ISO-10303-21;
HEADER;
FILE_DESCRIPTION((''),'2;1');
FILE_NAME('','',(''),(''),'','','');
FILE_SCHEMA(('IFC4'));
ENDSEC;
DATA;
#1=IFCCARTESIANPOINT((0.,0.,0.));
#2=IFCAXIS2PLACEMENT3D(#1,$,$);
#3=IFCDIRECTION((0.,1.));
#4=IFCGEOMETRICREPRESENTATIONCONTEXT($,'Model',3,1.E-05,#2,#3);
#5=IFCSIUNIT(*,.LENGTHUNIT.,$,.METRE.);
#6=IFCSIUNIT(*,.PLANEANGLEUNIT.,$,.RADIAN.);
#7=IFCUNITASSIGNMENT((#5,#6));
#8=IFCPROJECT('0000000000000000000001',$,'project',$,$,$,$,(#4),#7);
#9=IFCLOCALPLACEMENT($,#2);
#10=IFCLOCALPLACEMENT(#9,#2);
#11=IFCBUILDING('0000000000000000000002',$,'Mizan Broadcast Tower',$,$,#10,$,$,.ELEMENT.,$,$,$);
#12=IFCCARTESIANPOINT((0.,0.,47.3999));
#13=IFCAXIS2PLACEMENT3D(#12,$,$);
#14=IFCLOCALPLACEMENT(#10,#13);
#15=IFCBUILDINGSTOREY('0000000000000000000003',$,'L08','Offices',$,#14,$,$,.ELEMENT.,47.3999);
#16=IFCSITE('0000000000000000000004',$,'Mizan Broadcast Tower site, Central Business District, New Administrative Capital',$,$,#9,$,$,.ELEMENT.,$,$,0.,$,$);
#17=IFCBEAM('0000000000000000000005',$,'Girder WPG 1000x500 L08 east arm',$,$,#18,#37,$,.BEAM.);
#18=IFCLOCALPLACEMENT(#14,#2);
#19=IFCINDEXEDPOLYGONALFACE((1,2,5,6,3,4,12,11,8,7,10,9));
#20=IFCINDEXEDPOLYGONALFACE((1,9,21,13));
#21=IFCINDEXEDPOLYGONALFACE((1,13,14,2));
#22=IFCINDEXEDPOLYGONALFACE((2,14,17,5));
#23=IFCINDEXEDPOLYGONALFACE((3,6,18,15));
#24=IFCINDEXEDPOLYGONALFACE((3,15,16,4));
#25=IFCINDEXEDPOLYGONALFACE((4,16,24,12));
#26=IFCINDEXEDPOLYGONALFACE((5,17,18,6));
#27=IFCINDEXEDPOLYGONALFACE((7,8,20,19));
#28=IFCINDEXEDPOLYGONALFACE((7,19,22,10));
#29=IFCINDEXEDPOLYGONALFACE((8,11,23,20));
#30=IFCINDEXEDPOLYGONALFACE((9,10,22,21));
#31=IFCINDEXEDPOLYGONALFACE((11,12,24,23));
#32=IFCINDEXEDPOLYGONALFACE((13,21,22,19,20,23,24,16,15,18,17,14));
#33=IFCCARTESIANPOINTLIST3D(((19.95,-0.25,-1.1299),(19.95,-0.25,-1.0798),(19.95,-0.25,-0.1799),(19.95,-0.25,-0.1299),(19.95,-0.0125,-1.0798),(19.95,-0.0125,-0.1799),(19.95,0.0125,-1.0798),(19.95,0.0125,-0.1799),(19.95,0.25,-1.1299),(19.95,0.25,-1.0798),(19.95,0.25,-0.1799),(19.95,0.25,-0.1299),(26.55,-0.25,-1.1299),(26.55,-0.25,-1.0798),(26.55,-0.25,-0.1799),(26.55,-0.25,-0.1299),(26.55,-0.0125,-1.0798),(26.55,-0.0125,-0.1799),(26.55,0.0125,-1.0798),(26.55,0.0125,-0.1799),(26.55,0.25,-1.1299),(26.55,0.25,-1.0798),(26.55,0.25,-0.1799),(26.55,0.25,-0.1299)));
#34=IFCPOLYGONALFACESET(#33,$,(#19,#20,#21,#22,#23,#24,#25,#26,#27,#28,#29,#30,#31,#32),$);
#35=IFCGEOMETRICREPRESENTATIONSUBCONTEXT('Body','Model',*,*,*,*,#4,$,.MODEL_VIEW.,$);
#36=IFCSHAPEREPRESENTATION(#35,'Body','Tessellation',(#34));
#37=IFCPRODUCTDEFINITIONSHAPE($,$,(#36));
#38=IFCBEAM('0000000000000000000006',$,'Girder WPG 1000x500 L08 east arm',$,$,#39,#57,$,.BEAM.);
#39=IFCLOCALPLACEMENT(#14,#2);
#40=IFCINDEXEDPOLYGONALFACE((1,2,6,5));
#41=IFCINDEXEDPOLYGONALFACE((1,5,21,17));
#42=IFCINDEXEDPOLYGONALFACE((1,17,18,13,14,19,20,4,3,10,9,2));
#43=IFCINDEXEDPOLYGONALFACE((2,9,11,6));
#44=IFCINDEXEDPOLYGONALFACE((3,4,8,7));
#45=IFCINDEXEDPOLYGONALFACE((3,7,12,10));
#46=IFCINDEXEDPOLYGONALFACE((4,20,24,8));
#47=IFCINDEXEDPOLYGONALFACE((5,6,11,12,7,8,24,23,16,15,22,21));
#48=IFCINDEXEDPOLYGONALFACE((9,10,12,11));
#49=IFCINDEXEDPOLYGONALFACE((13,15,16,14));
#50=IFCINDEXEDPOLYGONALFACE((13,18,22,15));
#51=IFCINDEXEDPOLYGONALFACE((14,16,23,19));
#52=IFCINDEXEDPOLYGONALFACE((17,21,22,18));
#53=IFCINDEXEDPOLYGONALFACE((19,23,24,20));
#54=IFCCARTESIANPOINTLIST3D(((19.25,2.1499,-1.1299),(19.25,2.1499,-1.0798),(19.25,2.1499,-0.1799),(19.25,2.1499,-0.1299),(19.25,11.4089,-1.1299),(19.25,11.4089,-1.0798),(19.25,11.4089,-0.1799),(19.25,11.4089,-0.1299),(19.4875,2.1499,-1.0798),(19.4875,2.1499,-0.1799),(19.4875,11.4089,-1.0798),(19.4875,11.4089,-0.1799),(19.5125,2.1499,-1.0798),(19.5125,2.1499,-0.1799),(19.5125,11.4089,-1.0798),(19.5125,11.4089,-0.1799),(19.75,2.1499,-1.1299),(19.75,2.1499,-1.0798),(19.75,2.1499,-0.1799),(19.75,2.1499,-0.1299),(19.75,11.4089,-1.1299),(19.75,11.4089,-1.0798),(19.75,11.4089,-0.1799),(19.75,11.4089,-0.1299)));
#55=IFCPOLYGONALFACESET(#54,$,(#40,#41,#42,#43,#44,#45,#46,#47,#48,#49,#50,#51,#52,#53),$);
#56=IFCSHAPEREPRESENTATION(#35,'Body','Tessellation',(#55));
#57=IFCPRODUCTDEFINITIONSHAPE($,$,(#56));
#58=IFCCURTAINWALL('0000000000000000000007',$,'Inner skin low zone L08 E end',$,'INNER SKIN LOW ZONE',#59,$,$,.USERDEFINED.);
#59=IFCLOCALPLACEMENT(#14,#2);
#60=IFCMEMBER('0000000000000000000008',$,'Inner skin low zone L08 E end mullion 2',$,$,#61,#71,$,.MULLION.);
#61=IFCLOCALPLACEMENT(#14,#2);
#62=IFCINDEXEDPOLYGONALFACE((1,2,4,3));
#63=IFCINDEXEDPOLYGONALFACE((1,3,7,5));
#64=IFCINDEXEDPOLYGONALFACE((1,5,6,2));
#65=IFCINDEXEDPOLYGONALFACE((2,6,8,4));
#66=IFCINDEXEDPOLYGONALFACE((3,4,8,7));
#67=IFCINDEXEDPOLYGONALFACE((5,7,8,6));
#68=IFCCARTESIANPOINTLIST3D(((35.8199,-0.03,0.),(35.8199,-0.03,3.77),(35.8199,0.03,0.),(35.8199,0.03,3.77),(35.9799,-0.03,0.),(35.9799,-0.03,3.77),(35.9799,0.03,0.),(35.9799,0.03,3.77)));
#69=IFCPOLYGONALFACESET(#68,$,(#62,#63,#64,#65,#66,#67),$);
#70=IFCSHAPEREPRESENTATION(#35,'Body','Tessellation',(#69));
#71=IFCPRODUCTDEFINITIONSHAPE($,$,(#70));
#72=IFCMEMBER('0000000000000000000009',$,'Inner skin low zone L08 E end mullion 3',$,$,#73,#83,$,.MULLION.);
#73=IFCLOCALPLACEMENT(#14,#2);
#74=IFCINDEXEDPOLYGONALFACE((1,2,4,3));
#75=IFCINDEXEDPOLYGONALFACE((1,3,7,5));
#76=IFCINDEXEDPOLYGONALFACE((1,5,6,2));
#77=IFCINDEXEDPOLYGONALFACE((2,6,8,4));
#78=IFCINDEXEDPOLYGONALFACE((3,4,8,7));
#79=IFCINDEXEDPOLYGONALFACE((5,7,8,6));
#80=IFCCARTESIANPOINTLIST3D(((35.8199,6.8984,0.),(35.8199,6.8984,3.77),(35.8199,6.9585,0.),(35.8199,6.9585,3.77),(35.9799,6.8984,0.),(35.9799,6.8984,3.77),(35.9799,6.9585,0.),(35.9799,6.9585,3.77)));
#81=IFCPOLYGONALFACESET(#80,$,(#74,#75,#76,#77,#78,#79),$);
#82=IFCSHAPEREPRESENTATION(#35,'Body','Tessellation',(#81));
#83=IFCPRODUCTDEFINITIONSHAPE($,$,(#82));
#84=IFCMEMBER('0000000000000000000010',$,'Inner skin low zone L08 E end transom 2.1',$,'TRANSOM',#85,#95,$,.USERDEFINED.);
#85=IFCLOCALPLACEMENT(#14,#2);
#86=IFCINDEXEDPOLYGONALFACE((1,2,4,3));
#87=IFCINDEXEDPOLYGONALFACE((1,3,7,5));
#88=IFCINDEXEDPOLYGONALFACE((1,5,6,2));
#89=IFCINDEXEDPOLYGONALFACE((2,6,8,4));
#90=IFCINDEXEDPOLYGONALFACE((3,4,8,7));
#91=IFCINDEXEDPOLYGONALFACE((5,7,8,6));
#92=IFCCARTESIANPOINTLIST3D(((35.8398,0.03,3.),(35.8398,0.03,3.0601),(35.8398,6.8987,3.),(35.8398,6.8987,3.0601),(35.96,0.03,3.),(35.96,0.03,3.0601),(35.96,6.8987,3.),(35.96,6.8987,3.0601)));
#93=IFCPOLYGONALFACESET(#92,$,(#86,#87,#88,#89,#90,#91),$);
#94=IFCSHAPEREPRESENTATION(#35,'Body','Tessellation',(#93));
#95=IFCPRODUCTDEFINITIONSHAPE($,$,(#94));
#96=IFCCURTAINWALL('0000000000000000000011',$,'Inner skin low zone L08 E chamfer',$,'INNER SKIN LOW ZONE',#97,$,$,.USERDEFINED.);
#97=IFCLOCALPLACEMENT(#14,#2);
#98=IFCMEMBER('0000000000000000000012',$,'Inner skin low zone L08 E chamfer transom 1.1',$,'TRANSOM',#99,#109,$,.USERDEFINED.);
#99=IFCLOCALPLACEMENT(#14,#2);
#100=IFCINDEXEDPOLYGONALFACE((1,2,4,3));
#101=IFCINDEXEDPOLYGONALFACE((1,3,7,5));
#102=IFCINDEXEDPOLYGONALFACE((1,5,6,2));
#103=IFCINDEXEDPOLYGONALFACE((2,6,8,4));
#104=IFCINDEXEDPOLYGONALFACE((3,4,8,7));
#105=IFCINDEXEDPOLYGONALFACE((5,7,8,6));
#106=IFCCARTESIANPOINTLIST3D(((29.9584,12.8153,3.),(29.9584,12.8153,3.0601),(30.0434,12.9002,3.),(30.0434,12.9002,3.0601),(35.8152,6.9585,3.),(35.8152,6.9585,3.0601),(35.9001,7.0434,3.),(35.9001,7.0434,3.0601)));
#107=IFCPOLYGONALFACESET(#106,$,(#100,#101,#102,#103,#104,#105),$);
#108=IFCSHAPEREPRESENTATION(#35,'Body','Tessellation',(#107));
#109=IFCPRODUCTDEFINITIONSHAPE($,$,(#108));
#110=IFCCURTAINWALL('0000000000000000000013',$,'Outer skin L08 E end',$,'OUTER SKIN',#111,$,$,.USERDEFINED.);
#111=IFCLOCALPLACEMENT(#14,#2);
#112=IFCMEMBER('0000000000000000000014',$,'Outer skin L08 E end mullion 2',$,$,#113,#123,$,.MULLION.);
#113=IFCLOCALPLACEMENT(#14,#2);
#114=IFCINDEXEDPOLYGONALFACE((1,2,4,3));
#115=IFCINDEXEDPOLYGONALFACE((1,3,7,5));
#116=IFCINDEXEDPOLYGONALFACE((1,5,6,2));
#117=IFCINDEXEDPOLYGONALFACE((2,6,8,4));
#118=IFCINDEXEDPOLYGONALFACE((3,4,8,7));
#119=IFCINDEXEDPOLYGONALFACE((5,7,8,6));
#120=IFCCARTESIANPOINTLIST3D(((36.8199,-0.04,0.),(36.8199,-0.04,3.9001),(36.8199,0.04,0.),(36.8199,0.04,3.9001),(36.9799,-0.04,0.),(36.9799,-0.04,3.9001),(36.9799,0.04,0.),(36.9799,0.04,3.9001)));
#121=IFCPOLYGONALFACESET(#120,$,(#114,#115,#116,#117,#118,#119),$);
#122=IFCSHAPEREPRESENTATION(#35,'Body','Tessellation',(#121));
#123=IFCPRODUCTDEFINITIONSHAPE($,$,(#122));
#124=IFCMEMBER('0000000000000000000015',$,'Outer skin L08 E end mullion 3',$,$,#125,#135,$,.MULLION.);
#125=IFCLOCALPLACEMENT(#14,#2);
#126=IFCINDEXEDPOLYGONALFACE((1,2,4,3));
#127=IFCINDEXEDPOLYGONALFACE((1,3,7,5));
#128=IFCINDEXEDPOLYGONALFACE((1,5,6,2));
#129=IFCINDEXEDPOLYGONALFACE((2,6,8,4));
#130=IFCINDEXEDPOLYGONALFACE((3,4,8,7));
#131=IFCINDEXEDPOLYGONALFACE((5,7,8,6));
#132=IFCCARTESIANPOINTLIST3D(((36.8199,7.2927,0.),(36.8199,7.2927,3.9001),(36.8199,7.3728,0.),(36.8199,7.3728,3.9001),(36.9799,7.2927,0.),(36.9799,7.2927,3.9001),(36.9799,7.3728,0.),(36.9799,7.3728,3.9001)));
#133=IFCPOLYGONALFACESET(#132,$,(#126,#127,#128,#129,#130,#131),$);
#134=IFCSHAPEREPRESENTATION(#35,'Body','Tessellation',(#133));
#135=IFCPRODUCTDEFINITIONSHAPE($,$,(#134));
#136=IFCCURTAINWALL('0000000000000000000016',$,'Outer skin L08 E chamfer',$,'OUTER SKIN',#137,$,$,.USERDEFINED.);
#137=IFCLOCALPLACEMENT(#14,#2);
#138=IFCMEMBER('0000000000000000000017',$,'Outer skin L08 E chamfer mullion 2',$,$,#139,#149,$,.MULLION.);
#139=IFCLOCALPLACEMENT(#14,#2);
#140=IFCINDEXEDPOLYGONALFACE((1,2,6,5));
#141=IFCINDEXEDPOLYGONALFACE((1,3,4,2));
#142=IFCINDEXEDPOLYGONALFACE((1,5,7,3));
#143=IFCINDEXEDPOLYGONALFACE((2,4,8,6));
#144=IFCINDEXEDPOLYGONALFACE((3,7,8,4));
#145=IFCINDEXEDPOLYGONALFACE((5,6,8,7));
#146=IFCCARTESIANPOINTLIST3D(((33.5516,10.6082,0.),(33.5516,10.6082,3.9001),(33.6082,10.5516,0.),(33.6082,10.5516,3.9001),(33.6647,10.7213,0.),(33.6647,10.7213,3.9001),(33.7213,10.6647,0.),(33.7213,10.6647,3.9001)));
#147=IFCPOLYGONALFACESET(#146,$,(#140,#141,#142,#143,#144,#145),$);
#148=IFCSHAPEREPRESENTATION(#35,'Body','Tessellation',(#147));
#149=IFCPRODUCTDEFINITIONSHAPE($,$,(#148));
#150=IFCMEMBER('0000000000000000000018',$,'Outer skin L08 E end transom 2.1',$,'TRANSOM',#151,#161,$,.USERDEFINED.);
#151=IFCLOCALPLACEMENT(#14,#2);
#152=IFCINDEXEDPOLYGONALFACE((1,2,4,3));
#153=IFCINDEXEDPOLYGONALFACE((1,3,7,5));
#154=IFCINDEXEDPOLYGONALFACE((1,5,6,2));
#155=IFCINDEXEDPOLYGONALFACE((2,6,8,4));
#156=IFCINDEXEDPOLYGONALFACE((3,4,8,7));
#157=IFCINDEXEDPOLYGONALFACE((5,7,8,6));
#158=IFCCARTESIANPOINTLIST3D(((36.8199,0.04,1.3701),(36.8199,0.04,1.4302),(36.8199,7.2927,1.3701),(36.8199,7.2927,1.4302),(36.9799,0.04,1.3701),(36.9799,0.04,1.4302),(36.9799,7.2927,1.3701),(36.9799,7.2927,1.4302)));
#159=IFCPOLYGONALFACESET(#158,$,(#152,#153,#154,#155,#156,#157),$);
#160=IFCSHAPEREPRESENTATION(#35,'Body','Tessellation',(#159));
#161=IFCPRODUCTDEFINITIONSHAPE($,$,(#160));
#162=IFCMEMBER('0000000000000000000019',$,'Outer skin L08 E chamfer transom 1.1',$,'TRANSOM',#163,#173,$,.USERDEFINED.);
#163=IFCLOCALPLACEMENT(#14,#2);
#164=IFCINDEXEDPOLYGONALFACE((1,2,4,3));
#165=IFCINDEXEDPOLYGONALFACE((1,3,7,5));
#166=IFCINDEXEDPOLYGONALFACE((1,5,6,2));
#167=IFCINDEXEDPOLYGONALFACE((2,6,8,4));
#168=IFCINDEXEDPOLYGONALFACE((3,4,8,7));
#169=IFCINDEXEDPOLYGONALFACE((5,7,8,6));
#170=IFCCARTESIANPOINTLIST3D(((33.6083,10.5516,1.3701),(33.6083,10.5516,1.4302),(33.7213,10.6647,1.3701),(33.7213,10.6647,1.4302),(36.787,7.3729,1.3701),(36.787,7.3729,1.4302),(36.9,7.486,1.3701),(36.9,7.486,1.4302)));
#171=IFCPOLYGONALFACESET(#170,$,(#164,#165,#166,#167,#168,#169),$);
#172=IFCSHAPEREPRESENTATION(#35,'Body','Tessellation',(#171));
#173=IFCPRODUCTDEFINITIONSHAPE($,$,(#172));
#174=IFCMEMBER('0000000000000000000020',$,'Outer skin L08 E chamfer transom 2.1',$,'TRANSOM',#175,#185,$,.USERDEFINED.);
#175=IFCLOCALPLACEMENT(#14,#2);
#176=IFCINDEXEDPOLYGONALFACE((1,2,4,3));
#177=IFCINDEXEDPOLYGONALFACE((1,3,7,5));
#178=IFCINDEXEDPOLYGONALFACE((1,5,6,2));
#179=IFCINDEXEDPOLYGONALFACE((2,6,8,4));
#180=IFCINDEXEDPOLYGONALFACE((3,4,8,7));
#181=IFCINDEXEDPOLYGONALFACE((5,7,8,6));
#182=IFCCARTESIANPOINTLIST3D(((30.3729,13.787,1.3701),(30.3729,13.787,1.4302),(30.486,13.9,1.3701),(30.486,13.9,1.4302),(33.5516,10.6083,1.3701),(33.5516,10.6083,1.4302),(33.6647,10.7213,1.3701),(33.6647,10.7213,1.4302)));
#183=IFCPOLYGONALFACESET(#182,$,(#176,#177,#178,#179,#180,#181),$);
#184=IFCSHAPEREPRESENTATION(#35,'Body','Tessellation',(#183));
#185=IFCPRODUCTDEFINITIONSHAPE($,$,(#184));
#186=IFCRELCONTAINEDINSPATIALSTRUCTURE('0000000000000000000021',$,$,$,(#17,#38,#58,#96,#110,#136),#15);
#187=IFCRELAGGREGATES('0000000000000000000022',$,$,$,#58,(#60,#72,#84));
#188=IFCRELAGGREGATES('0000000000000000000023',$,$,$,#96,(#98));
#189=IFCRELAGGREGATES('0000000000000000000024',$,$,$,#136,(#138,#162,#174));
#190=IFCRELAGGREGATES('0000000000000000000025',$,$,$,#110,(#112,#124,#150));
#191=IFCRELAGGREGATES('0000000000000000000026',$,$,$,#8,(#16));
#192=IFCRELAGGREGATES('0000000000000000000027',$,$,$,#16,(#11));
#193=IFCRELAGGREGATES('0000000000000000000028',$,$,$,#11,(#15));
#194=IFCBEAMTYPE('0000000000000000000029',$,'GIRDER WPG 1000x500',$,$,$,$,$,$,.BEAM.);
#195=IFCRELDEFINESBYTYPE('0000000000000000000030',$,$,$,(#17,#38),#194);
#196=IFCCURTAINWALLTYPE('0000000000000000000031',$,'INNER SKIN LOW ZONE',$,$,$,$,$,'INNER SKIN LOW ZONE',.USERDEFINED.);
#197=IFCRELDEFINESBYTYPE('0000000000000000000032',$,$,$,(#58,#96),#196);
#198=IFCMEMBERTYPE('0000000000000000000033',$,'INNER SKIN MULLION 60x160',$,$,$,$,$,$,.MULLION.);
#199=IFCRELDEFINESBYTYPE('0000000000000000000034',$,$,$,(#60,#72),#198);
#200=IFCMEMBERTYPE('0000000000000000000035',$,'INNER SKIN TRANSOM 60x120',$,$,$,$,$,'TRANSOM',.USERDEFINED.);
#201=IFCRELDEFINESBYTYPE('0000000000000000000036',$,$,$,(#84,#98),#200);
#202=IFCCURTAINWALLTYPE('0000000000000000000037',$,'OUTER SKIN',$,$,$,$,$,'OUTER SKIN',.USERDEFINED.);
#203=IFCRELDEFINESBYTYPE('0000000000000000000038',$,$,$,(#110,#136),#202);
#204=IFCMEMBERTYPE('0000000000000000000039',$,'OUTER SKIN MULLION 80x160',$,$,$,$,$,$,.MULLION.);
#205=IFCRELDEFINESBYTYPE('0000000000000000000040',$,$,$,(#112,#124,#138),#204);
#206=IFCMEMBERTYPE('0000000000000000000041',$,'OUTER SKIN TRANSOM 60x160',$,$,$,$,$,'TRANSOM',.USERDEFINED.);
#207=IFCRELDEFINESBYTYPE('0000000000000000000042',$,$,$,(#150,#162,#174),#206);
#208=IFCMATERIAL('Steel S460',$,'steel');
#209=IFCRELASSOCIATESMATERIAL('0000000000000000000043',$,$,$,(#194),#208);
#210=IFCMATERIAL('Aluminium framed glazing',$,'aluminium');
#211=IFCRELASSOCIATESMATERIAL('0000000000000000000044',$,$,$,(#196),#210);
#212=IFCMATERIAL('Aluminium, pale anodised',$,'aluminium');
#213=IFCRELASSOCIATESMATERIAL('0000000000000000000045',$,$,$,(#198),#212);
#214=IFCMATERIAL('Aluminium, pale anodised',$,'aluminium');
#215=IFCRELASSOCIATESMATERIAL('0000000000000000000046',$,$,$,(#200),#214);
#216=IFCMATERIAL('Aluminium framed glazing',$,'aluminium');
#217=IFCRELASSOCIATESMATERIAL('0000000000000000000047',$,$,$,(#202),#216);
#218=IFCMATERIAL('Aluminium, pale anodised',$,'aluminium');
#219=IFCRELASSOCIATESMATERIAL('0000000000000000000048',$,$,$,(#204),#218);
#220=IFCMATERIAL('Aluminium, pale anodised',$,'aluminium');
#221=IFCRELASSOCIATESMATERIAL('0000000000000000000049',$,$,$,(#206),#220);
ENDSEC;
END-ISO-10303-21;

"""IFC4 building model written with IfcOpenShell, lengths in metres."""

from ifc_helpers import new_model, si_unit, direction, frame, origin, origin_2d, place, context, subcontext, project, spatial, rectangle, i_section, extrude, material, material_profile, profile_set, type_object, element, aggregate, save


model = new_model("IFC4")

# Units and contexts
model_context = context("Model", 3, precision=1e-05, world=origin(), true_north=direction((0.0, 1.0)))
body_context = subcontext(model_context, "Body", "Model", "MODEL_VIEW")
ifc_project = project(units=[si_unit("LENGTHUNIT", "METRE"), si_unit("PLANEANGLEUNIT", "RADIAN")], contexts=[model_context])

# Site, building, storey
site_placement = place(None, origin())
site = spatial("IfcSite", under=ifc_project, at=site_placement, Name="Mizan Broadcast Tower site, Central Business District, New Administrative Capital", CompositionType="ELEMENT", RefElevation=0.0)
building_placement = place(site_placement, origin())
building = spatial("IfcBuilding", under=site, at=building_placement, Name="Mizan Broadcast Tower", CompositionType="ELEMENT")
storey_placement = place(building_placement, frame((0.0, 0.0, 47.3999)))
storey = spatial("IfcBuildingStorey", under=building, at=storey_placement, Name="L08", Description="Offices", CompositionType="ELEMENT", Elevation=47.3999)

# Beams
ifc_material_1 = material(Name="Steel S460", Category="steel")
ifc_material_profile_1 = material_profile(ifc_material_1, i_section(OverallWidth=0.5, OverallDepth=1.0, WebThickness=0.0249, FlangeThickness=0.05, at=origin_2d()), Name="WPG 1000x500")
ifc_profile_set_1 = profile_set([ifc_material_profile_1], Name="Steel S460")
beam_type_1 = type_object("IfcBeamType", Name="GIRDER WPG 1000x500", PredefinedType="BEAM", material=ifc_profile_set_1)
beam_1_placement = place(storey_placement, frame((19.95, 0.0, -0.6299), z_axis=(1.0, 0.0, 0.0), x_axis=(0.0, 1.0, 0.0)))
element("IfcBeam", 1, at=beam_1_placement, inside=storey, type_object=beam_type_1, Name="Girder WPG 1000x500 L08 east arm", PredefinedType="BEAM", context=body_context, shape_type="SweptSolid", body=[
    extrude(i_section(OverallWidth=0.5, OverallDepth=1.0, WebThickness=0.0249, FlangeThickness=0.05, at=origin_2d()), origin(), (0.0, 0.0, 1.0), 6.6001),
])
beam_2_placement = place(storey_placement, frame((19.5, 11.4089, -0.6299), z_axis=(0.0, -1.0, 0.0), x_axis=(1.0, 0.0, 0.0)))
element("IfcBeam", 2, at=beam_2_placement, inside=storey, type_object=beam_type_1, Name="Girder WPG 1000x500 L08 east arm", PredefinedType="BEAM", context=body_context, shape_type="SweptSolid", body=[
    extrude(i_section(OverallWidth=0.5, OverallDepth=1.0, WebThickness=0.0249, FlangeThickness=0.05, at=origin_2d()), origin(), (0.0, 0.0, 1.0), 9.259),
])

# Curtain wall, members
ifc_material_2 = material(Name="Aluminium framed glazing", Category="aluminium")
curtain_wall_type_1 = type_object("IfcCurtainWallType", Name="INNER SKIN LOW ZONE", ElementType="INNER SKIN LOW ZONE", PredefinedType="USERDEFINED", material=ifc_material_2)
curtain_wall_1_placement = place(storey_placement, origin())
curtain_wall_1 = element("IfcCurtainWall", 3, at=curtain_wall_1_placement, inside=storey, type_object=curtain_wall_type_1, Name="Inner skin low zone L08 E end", ObjectType="INNER SKIN LOW ZONE", PredefinedType="USERDEFINED")
ifc_material_3 = material(Name="Aluminium, pale anodised", Category="aluminium")
ifc_material_profile_2 = material_profile(ifc_material_3, rectangle(XDim=0.1599, YDim=0.0601, at=origin_2d()), Name="MULLION 160x60")
ifc_profile_set_2 = profile_set([ifc_material_profile_2], Name="Aluminium, pale anodised")
member_type_1 = type_object("IfcMemberType", Name="INNER SKIN MULLION 60x160", PredefinedType="MULLION", material=ifc_profile_set_2)
member_1_placement = place(storey_placement, frame((35.8999, 0.0, 0.0), z_axis=(0.0, 0.0, 1.0), x_axis=(-1.0, 0.0, 0.0)))
member_1 = element("IfcMember", 4, at=member_1_placement, type_object=member_type_1, Name="Inner skin low zone L08 E end mullion 2", PredefinedType="MULLION", context=body_context, shape_type="SweptSolid", body=[
    extrude(rectangle(XDim=0.1599, YDim=0.0601, at=origin_2d()), origin(), (0.0, 0.0, 1.0), 3.77),
])
member_2_placement = place(storey_placement, frame((35.8999, 6.9285, 0.0), z_axis=(0.0, 0.0, 1.0), x_axis=(-1.0, 0.0, 0.0)))
member_2 = element("IfcMember", 5, at=member_2_placement, type_object=member_type_1, Name="Inner skin low zone L08 E end mullion 3", PredefinedType="MULLION", context=body_context, shape_type="SweptSolid", body=[
    extrude(rectangle(XDim=0.1599, YDim=0.0601, at=origin_2d()), origin(), (0.0, 0.0, 1.0), 3.77),
])
ifc_material_4 = material(Name="Aluminium, pale anodised", Category="aluminium")
ifc_material_profile_3 = material_profile(ifc_material_4, rectangle(XDim=0.1201, YDim=0.0601, at=origin_2d()), Name="TRANSOM 120x60")
ifc_profile_set_3 = profile_set([ifc_material_profile_3], Name="Aluminium, pale anodised")
member_type_2 = type_object("IfcMemberType", Name="INNER SKIN TRANSOM 60x120", ElementType="TRANSOM", PredefinedType="USERDEFINED", material=ifc_profile_set_3)
member_3_placement = place(storey_placement, frame((35.8999, 0.03, 3.03), z_axis=(0.0, 1.0, 0.0), x_axis=(-1.0, 0.0, 0.0)))
member_3 = element("IfcMember", 6, at=member_3_placement, type_object=member_type_2, Name="Inner skin low zone L08 E end transom 2.1", ObjectType="TRANSOM", PredefinedType="USERDEFINED", context=body_context, shape_type="SweptSolid", body=[
    extrude(rectangle(XDim=0.1201, YDim=0.0601, at=origin_2d()), origin(), (0.0, 0.0, 1.0), 6.8687),
])

# Curtain wall, member
curtain_wall_2_placement = place(storey_placement, origin())
curtain_wall_2 = element("IfcCurtainWall", 7, at=curtain_wall_2_placement, inside=storey, type_object=curtain_wall_type_1, Name="Inner skin low zone L08 E chamfer", ObjectType="INNER SKIN LOW ZONE", PredefinedType="USERDEFINED")
member_4_placement = place(storey_placement, frame((35.8577, 7.001, 3.03), z_axis=(-0.707107, 0.707107, 0.0), x_axis=(-0.707107, -0.707107, 0.0)))
member_4 = element("IfcMember", 8, at=member_4_placement, type_object=member_type_2, Name="Inner skin low zone L08 E chamfer transom 1.1", ObjectType="TRANSOM", PredefinedType="USERDEFINED", context=body_context, shape_type="SweptSolid", body=[
    extrude(rectangle(XDim=0.1201, YDim=0.0601, at=origin_2d()), origin(), (0.0, 0.0, 1.0), 8.2827),
])

# Curtain wall, members
ifc_material_5 = material(Name="Aluminium framed glazing", Category="aluminium")
curtain_wall_type_2 = type_object("IfcCurtainWallType", Name="OUTER SKIN", ElementType="OUTER SKIN", PredefinedType="USERDEFINED", material=ifc_material_5)
curtain_wall_3_placement = place(storey_placement, origin())
curtain_wall_3 = element("IfcCurtainWall", 9, at=curtain_wall_3_placement, inside=storey, type_object=curtain_wall_type_2, Name="Outer skin L08 E end", ObjectType="OUTER SKIN", PredefinedType="USERDEFINED")
ifc_material_6 = material(Name="Aluminium, pale anodised", Category="aluminium")
ifc_material_profile_4 = material_profile(ifc_material_6, rectangle(XDim=0.1599, YDim=0.0801, at=origin_2d()), Name="MULLION 160x80")
ifc_profile_set_4 = profile_set([ifc_material_profile_4], Name="Aluminium, pale anodised")
member_type_3 = type_object("IfcMemberType", Name="OUTER SKIN MULLION 80x160", PredefinedType="MULLION", material=ifc_profile_set_4)
member_5_placement = place(storey_placement, frame((36.8999, 0.0, 0.0), z_axis=(0.0, 0.0, 1.0), x_axis=(-1.0, 0.0, 0.0)))
member_5 = element("IfcMember", 10, at=member_5_placement, type_object=member_type_3, Name="Outer skin L08 E end mullion 2", PredefinedType="MULLION", context=body_context, shape_type="SweptSolid", body=[
    extrude(rectangle(XDim=0.1599, YDim=0.0801, at=origin_2d()), origin(), (0.0, 0.0, 1.0), 3.9001),
])
member_6_placement = place(storey_placement, frame((36.8999, 7.3328, 0.0), z_axis=(0.0, 0.0, 1.0), x_axis=(-1.0, 0.0, 0.0)))
member_6 = element("IfcMember", 11, at=member_6_placement, type_object=member_type_3, Name="Outer skin L08 E end mullion 3", PredefinedType="MULLION", context=body_context, shape_type="SweptSolid", body=[
    extrude(rectangle(XDim=0.1599, YDim=0.0801, at=origin_2d()), origin(), (0.0, 0.0, 1.0), 3.9001),
])

# Curtain wall, member
curtain_wall_4_placement = place(storey_placement, origin())
curtain_wall_4 = element("IfcCurtainWall", 12, at=curtain_wall_4_placement, inside=storey, type_object=curtain_wall_type_2, Name="Outer skin L08 E chamfer", ObjectType="OUTER SKIN", PredefinedType="USERDEFINED")
member_7_placement = place(storey_placement, frame((33.6365, 10.6365, 0.0), z_axis=(0.0, 0.0, 1.0), x_axis=(-0.707107, -0.707107, 0.0)))
member_7 = element("IfcMember", 13, at=member_7_placement, type_object=member_type_3, Name="Outer skin L08 E chamfer mullion 2", PredefinedType="MULLION", context=body_context, shape_type="SweptSolid", body=[
    extrude(rectangle(XDim=0.1599, YDim=0.0801, at=origin_2d()), origin(), (0.0, 0.0, 1.0), 3.9001),
])

# Members
ifc_material_7 = material(Name="Aluminium, pale anodised", Category="aluminium")
ifc_material_profile_5 = material_profile(ifc_material_7, rectangle(XDim=0.1599, YDim=0.0601, at=origin_2d()), Name="TRANSOM 160x60")
ifc_profile_set_5 = profile_set([ifc_material_profile_5], Name="Aluminium, pale anodised")
member_type_4 = type_object("IfcMemberType", Name="OUTER SKIN TRANSOM 60x160", ElementType="TRANSOM", PredefinedType="USERDEFINED", material=ifc_profile_set_5)
member_8_placement = place(storey_placement, frame((36.8999, 0.04, 1.4001), z_axis=(0.0, 1.0, 0.0), x_axis=(-1.0, 0.0, 0.0)))
member_8 = element("IfcMember", 14, at=member_8_placement, type_object=member_type_4, Name="Outer skin L08 E end transom 2.1", ObjectType="TRANSOM", PredefinedType="USERDEFINED", context=body_context, shape_type="SweptSolid", body=[
    extrude(rectangle(XDim=0.1599, YDim=0.0601, at=origin_2d()), origin(), (0.0, 0.0, 1.0), 7.2527),
])
member_9_placement = place(storey_placement, frame((36.8435, 7.4294, 1.4001), z_axis=(-0.707107, 0.707107, 0.0), x_axis=(-0.707107, -0.707107, 0.0)))
member_9 = element("IfcMember", 15, at=member_9_placement, type_object=member_type_4, Name="Outer skin L08 E chamfer transom 1.1", ObjectType="TRANSOM", PredefinedType="USERDEFINED", context=body_context, shape_type="SweptSolid", body=[
    extrude(rectangle(XDim=0.1599, YDim=0.0601, at=origin_2d()), origin(), (0.0, 0.0, 1.0), 4.4954),
])
member_10_placement = place(storey_placement, frame((33.6082, 10.6648, 1.4001), z_axis=(-0.707107, 0.707107, 0.0), x_axis=(-0.707107, -0.707107, 0.0)))
member_10 = element("IfcMember", 16, at=member_10_placement, type_object=member_type_4, Name="Outer skin L08 E chamfer transom 2.1", ObjectType="TRANSOM", PredefinedType="USERDEFINED", context=body_context, shape_type="SweptSolid", body=[
    extrude(rectangle(XDim=0.1599, YDim=0.0601, at=origin_2d()), origin(), (0.0, 0.0, 1.0), 4.4954),
])

aggregate(curtain_wall_1, [member_1, member_2, member_3])
aggregate(curtain_wall_2, [member_4])
aggregate(curtain_wall_4, [member_7, member_9, member_10])
aggregate(curtain_wall_3, [member_5, member_6, member_8])

save(model, "model.ifc")
